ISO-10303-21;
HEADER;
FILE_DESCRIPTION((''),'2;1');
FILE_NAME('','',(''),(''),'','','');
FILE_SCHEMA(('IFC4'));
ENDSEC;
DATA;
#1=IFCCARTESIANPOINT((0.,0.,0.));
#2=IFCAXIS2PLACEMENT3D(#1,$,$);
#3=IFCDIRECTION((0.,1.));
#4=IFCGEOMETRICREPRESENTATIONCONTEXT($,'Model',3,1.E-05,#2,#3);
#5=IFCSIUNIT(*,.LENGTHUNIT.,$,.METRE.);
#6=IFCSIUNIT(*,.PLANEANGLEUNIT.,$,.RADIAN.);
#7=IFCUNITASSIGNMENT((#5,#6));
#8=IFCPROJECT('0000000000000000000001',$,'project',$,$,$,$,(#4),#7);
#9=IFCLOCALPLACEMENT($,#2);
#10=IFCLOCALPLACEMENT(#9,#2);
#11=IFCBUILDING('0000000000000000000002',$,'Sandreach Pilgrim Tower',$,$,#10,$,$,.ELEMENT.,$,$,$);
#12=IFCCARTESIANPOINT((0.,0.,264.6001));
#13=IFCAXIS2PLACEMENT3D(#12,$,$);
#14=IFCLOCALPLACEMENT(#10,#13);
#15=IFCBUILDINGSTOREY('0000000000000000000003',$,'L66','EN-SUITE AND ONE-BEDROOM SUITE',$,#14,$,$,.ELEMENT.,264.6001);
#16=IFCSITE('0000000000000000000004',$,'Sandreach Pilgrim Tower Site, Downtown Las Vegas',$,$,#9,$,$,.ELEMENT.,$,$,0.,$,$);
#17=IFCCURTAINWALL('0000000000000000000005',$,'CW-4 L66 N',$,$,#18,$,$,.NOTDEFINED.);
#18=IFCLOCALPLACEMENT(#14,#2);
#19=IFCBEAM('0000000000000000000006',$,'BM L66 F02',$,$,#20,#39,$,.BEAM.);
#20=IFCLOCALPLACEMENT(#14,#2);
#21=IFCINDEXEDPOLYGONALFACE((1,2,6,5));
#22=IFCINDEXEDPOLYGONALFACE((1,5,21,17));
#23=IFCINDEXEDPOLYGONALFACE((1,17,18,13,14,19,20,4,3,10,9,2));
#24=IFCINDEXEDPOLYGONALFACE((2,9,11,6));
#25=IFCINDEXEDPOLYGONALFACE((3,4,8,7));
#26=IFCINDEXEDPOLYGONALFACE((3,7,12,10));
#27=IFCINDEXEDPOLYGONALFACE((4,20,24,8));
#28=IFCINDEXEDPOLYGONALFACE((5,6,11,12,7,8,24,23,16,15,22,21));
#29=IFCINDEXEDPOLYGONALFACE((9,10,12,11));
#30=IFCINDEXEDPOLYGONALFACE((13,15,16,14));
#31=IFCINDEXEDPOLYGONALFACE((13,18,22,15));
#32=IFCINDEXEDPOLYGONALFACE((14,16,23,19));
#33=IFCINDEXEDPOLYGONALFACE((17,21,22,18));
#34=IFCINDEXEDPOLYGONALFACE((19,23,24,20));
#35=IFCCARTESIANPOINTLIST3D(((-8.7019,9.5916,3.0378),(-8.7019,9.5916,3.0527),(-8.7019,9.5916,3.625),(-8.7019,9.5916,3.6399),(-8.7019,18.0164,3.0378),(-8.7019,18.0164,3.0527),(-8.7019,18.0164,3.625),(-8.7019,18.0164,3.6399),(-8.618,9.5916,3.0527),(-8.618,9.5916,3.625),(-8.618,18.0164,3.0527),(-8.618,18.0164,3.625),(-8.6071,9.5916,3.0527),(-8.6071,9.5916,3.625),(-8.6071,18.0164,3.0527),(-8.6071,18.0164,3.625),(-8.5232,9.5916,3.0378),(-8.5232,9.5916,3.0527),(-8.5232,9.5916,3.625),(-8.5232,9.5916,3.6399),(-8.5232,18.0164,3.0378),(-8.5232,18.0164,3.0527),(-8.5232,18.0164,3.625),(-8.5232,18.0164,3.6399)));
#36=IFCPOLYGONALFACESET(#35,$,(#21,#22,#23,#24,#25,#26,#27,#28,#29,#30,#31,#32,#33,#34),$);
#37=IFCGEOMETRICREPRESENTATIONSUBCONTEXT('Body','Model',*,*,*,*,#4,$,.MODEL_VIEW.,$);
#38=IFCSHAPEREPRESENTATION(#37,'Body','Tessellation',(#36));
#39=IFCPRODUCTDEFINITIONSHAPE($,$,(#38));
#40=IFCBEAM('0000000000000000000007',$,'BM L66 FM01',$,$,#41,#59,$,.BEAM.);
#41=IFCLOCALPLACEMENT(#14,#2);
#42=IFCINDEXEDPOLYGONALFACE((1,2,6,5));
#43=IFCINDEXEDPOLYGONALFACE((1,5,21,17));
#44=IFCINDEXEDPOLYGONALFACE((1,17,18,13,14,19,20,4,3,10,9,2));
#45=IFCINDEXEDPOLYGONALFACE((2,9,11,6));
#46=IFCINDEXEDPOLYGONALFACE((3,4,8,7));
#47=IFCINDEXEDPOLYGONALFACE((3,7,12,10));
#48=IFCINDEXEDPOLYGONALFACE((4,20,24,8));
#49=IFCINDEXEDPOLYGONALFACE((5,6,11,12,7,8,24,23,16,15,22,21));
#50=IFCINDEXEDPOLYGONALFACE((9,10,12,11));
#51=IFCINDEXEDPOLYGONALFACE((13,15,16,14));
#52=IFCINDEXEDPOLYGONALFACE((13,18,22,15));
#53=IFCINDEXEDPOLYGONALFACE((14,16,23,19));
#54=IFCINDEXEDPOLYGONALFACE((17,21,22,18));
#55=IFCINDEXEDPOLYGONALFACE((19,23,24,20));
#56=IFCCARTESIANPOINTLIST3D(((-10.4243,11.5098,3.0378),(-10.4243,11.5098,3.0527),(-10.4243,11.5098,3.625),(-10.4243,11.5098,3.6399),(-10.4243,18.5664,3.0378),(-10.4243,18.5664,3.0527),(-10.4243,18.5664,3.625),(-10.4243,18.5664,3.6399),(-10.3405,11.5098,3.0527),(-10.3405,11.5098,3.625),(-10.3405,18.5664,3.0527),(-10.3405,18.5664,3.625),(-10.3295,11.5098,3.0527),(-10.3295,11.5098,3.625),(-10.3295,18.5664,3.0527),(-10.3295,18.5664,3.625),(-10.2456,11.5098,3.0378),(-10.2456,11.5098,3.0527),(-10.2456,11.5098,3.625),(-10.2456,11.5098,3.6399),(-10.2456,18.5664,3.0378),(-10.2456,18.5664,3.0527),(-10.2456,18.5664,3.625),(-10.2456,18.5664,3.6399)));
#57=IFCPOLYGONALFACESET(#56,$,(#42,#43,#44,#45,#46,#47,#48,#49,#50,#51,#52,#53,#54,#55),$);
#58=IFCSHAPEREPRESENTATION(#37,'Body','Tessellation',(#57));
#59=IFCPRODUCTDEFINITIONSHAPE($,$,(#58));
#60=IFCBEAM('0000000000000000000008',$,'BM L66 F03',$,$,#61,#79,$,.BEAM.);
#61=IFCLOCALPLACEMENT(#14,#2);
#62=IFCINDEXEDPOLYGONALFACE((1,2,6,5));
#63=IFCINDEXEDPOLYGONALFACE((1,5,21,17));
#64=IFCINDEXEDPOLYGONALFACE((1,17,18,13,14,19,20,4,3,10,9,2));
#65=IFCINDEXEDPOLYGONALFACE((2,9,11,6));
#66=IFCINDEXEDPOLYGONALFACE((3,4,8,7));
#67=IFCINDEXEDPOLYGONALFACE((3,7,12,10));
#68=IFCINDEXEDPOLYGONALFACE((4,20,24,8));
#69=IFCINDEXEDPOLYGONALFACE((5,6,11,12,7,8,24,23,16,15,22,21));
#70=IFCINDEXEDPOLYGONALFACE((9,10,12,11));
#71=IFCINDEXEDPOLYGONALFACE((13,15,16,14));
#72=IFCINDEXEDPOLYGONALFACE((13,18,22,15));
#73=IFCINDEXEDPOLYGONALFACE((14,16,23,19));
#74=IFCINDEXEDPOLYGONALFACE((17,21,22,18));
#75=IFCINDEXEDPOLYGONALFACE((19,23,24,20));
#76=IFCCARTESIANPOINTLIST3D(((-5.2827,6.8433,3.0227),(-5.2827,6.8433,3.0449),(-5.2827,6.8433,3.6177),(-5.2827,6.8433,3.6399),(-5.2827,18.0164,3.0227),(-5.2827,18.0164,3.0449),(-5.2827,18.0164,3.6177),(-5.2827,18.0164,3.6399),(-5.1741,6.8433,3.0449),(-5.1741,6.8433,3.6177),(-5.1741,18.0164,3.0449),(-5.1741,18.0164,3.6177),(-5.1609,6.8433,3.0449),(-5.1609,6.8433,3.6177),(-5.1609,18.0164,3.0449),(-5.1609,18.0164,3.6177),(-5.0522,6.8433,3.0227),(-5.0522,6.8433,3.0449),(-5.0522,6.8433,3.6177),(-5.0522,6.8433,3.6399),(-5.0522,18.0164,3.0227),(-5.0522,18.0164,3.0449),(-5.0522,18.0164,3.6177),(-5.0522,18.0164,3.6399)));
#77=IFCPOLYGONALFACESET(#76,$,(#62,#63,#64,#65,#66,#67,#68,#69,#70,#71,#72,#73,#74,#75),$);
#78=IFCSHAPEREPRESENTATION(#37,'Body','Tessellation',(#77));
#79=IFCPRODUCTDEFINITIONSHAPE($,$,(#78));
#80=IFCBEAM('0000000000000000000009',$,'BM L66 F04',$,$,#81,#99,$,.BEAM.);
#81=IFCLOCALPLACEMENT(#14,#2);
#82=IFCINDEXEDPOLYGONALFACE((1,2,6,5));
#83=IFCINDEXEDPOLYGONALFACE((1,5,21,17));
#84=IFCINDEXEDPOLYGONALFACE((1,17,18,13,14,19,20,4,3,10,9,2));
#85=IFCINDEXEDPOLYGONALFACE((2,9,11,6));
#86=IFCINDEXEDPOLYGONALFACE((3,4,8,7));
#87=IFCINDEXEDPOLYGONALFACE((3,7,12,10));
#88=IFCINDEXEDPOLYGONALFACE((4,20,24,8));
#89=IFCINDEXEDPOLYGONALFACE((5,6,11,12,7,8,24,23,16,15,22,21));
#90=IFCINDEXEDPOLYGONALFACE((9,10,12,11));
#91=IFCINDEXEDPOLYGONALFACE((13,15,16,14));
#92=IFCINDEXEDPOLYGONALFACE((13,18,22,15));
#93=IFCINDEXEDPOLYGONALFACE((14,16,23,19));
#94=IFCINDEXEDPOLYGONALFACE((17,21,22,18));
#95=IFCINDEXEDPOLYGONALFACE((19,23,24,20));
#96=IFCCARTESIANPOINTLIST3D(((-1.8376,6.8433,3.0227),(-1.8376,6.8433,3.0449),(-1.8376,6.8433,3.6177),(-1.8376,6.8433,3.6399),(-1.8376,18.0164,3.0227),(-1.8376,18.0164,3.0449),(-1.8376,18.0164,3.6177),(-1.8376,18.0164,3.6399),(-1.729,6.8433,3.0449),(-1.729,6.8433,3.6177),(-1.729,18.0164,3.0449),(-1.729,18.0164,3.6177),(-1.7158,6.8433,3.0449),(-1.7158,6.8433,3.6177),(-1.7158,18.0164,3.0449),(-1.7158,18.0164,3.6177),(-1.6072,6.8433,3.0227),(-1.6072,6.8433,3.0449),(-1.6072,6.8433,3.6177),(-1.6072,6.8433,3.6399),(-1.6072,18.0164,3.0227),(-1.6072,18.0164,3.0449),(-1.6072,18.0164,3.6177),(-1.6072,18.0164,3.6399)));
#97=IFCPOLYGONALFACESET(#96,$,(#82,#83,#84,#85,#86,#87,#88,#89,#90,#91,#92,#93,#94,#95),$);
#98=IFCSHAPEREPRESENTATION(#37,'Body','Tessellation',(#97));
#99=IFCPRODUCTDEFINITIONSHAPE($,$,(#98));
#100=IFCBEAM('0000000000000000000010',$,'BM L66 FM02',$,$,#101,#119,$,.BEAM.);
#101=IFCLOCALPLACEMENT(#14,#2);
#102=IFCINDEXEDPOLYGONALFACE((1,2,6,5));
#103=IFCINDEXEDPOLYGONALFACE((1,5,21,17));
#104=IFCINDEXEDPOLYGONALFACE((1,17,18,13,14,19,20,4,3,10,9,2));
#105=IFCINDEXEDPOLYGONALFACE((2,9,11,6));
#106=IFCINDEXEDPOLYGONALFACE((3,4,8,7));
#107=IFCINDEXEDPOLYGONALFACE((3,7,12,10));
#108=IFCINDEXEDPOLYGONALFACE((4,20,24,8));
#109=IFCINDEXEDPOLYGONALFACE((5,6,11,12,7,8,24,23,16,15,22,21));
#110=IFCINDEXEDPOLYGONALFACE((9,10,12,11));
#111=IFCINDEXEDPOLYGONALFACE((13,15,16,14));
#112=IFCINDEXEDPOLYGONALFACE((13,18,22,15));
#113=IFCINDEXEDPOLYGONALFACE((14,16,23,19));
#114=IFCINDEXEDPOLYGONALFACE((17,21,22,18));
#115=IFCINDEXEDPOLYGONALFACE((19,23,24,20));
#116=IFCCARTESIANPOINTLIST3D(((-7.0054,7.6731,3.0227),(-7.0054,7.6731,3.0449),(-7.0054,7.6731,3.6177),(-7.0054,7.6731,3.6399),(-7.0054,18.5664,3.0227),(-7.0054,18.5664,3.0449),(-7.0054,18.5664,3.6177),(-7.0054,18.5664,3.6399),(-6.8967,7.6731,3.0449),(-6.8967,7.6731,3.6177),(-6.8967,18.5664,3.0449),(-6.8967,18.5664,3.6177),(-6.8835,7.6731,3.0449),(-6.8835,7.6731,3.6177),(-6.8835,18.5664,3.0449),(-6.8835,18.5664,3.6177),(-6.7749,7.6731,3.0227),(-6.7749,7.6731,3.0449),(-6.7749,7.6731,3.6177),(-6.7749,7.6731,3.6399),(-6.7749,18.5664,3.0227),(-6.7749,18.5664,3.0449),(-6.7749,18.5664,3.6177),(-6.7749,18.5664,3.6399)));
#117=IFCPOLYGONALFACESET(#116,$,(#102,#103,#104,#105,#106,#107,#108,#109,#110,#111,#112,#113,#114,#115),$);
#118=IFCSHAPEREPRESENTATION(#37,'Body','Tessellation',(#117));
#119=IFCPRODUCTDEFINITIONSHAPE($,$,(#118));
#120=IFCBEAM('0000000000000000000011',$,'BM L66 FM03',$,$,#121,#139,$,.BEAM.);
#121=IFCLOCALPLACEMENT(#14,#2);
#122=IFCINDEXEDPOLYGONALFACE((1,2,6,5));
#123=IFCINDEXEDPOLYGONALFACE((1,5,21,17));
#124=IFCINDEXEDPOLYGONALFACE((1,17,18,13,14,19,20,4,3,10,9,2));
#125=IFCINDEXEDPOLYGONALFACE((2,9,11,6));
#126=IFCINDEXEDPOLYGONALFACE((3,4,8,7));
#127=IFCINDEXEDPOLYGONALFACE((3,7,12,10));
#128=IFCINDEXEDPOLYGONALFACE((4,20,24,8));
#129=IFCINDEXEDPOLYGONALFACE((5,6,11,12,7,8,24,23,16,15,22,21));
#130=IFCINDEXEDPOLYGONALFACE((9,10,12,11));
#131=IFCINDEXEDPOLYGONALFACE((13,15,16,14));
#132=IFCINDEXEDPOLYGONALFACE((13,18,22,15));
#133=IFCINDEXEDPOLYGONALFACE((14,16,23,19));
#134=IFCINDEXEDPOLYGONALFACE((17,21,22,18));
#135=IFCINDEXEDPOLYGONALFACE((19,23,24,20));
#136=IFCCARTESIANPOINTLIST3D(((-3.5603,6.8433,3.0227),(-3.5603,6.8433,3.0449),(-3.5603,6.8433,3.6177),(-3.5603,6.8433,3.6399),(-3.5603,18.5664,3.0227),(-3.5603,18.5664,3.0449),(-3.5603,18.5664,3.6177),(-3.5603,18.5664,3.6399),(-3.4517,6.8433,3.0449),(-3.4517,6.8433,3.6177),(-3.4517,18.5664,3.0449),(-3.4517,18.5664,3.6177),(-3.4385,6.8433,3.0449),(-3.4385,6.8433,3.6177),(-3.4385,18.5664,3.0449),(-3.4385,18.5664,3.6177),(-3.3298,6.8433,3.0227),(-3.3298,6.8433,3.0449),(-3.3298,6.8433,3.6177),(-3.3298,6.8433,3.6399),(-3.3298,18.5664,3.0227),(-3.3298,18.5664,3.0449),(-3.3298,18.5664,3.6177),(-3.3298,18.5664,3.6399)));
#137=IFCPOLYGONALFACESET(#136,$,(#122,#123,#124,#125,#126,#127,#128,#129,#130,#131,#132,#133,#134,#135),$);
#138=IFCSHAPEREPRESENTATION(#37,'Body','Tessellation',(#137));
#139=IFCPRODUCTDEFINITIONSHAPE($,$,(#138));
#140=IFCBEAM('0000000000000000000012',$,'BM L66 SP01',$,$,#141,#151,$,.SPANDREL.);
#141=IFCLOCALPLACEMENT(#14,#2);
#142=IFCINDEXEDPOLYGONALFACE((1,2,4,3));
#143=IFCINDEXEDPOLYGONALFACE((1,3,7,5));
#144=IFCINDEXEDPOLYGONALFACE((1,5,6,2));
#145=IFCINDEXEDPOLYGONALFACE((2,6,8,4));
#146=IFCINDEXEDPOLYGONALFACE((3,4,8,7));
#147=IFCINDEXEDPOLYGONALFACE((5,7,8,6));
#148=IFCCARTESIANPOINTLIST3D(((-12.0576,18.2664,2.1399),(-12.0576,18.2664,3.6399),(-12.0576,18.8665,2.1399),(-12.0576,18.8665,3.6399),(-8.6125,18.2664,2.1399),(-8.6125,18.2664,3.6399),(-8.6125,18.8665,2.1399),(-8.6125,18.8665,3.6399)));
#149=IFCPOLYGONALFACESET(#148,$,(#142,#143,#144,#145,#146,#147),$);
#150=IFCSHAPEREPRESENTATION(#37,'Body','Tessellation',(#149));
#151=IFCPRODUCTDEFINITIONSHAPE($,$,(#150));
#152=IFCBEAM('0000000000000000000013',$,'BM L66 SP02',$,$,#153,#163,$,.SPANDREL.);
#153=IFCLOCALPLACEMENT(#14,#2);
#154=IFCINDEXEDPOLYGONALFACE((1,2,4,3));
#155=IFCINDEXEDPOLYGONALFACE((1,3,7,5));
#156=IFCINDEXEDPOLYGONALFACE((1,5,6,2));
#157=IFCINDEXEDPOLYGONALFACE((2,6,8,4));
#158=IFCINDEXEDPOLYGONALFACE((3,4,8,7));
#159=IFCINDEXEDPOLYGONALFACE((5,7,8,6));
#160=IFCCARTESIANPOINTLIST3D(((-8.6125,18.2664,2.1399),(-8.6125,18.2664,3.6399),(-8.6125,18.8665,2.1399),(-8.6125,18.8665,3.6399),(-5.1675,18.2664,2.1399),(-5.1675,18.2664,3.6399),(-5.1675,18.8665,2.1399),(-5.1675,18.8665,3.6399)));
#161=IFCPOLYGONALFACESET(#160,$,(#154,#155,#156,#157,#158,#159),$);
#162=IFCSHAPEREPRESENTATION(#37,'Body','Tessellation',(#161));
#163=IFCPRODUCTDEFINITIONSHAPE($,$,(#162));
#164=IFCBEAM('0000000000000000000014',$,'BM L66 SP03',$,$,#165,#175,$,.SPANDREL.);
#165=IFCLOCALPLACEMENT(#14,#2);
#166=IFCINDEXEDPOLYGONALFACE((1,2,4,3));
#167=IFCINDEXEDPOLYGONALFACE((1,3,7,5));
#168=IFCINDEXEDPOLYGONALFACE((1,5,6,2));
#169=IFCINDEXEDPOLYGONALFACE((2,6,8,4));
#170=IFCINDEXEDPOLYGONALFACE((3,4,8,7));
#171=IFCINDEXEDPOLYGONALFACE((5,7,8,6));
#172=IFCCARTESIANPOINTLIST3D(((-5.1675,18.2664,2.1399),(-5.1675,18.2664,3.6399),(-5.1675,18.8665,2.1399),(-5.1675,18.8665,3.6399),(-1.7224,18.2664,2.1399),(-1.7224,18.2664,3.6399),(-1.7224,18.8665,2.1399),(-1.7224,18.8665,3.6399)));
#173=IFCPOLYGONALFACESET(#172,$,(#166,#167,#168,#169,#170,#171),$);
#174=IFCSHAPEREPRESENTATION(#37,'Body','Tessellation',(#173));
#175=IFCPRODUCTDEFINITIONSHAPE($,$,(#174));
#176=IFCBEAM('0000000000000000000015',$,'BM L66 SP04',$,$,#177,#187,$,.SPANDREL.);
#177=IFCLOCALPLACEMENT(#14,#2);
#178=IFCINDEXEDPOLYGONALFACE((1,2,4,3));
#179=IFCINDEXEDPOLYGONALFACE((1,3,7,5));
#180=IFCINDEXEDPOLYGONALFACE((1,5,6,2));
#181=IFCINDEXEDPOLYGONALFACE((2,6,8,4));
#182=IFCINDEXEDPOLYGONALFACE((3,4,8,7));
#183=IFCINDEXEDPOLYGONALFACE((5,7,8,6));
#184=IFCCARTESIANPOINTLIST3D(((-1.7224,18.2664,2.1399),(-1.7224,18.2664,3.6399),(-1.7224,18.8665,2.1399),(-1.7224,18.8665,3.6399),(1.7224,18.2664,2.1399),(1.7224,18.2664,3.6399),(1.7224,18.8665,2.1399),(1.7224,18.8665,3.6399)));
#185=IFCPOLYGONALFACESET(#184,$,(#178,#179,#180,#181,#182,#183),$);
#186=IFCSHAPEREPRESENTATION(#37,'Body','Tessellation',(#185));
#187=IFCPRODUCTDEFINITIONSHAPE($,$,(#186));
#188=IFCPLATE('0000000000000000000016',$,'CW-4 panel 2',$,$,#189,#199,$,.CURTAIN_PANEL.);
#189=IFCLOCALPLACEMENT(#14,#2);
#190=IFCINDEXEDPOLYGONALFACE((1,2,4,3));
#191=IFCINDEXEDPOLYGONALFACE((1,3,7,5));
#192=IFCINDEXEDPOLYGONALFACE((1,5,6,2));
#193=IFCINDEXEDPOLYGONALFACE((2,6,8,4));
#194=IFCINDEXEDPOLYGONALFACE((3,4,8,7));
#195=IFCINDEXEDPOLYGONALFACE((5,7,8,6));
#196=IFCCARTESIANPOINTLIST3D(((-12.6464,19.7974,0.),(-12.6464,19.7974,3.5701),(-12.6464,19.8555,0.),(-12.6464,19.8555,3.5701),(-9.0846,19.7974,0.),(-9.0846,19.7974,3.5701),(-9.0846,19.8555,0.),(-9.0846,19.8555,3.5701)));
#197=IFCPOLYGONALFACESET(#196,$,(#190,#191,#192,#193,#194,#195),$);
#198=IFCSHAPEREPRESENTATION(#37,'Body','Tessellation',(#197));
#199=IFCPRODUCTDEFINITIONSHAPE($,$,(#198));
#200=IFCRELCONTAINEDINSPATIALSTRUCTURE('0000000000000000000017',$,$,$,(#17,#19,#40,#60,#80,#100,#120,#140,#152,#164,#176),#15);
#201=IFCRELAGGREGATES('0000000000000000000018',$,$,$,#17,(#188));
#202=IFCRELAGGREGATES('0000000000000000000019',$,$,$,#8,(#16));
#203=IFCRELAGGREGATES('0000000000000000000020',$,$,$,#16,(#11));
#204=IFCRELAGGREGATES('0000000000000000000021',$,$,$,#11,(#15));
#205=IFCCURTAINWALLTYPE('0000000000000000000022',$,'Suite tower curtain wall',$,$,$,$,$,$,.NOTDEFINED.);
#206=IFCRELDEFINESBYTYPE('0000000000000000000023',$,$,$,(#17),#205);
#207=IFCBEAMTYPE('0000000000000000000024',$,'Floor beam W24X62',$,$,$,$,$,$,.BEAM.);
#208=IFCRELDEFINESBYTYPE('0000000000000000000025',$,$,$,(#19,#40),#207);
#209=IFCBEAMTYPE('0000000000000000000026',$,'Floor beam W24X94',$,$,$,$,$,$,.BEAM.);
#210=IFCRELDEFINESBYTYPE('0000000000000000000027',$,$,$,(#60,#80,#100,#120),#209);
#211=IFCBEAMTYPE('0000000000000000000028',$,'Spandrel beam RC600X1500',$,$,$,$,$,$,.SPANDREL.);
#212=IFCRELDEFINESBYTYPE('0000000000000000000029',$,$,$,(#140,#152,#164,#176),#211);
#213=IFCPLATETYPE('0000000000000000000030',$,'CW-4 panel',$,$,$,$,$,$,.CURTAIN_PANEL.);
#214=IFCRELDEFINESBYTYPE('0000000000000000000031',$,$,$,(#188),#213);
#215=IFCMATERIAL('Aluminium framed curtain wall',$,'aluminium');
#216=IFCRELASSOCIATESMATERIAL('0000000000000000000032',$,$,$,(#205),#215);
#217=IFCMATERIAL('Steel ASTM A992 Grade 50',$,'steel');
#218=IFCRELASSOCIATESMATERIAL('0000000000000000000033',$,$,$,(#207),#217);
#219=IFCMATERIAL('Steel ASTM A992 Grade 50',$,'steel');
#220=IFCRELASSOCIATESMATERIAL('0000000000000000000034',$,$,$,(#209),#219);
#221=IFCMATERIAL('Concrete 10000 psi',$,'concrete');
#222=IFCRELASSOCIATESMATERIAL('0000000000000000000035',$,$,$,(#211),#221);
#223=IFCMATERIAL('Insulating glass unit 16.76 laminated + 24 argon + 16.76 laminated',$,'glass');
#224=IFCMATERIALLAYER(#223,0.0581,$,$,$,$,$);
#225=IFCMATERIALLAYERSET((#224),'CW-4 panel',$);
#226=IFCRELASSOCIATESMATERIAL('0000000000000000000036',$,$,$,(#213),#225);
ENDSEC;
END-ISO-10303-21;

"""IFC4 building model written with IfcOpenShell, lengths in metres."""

from ifc_helpers import new_model, si_unit, direction, frame, origin, origin_2d, place, context, subcontext, project, spatial, rectangle, i_section, extrude, material, layer, layer_set, material_profile, profile_set, type_object, element, aggregate, save


model = new_model("IFC4")

# Units and contexts
model_context = context("Model", 3, precision=1e-05, world=origin(), true_north=direction((0.0, 1.0)))
body_context = subcontext(model_context, "Body", "Model", "MODEL_VIEW")
ifc_project = project(units=[si_unit("LENGTHUNIT", "METRE"), si_unit("PLANEANGLEUNIT", "RADIAN")], contexts=[model_context])

# Site, building, storey
site_placement = place(None, origin())
site = spatial("IfcSite", under=ifc_project, at=site_placement, Name="Sandreach Pilgrim Tower Site, Downtown Las Vegas", CompositionType="ELEMENT", RefElevation=0.0)
building_placement = place(site_placement, origin())
building = spatial("IfcBuilding", under=site, at=building_placement, Name="Sandreach Pilgrim Tower", CompositionType="ELEMENT")
storey_placement = place(building_placement, frame((0.0, 0.0, 264.6001)))
storey = spatial("IfcBuildingStorey", under=building, at=storey_placement, Name="L66", Description="EN-SUITE AND ONE-BEDROOM SUITE", CompositionType="ELEMENT", Elevation=264.6001)

# Curtain wall
ifc_material_1 = material(Name="Aluminium framed curtain wall", Category="aluminium")
curtain_wall_type = type_object("IfcCurtainWallType", Name="Suite tower curtain wall", PredefinedType="NOTDEFINED", material=ifc_material_1)
curtain_wall_placement = place(storey_placement, origin())
curtain_wall = element("IfcCurtainWall", 1, at=curtain_wall_placement, inside=storey, type_object=curtain_wall_type, Name="CW-4 L66 N", PredefinedType="NOTDEFINED")

# Beams
ifc_material_2 = material(Name="Steel ASTM A992 Grade 50", Category="steel")
ifc_material_profile_1 = material_profile(ifc_material_2, i_section(OverallWidth=0.1787, OverallDepth=0.6021, WebThickness=0.011, FlangeThickness=0.0149, at=origin_2d()), Name="W24X62")
ifc_profile_set_1 = profile_set([ifc_material_profile_1], Name="Steel ASTM A992 Grade 50")
beam_type_1 = type_object("IfcBeamType", Name="Floor beam W24X62", PredefinedType="BEAM", material=ifc_profile_set_1)
beam_1_placement = place(storey_placement, frame((-8.6125, 18.0164, 3.3389), z_axis=(0.0, -1.0, 0.0), x_axis=(1.0, 0.0, 0.0)))
element("IfcBeam", 2, at=beam_1_placement, inside=storey, type_object=beam_type_1, Name="BM L66 F02", PredefinedType="BEAM", context=body_context, shape_type="SweptSolid", body=[
    extrude(i_section(OverallWidth=0.1787, OverallDepth=0.6021, WebThickness=0.011, FlangeThickness=0.0149, at=origin_2d()), origin(), (0.0, 0.0, 1.0), 8.4248),
])
beam_2_placement = place(storey_placement, frame((-10.335, 18.5664, 3.3389), z_axis=(0.0, -1.0, 0.0), x_axis=(1.0, 0.0, 0.0)))
element("IfcBeam", 3, at=beam_2_placement, inside=storey, type_object=beam_type_1, Name="BM L66 FM01", PredefinedType="BEAM", context=body_context, shape_type="SweptSolid", body=[
    extrude(i_section(OverallWidth=0.1787, OverallDepth=0.6021, WebThickness=0.011, FlangeThickness=0.0149, at=origin_2d()), origin(), (0.0, 0.0, 1.0), 7.0566),
])
ifc_material_3 = material(Name="Steel ASTM A992 Grade 50", Category="steel")
ifc_material_profile_2 = material_profile(ifc_material_3, i_section(OverallWidth=0.2305, OverallDepth=0.6172, WebThickness=0.0132, FlangeThickness=0.0222, at=origin_2d()), Name="W24X94")
ifc_profile_set_2 = profile_set([ifc_material_profile_2], Name="Steel ASTM A992 Grade 50")
beam_type_2 = type_object("IfcBeamType", Name="Floor beam W24X94", PredefinedType="BEAM", material=ifc_profile_set_2)
for number, where, z_axis, x_axis, name in (
    (4, (-5.1675, 18.0164, 3.3313), (0.0, -1.0, 0.0), (1.0, 0.0, 0.0), "BM L66 F03"),
    (5, (-1.7224, 18.0164, 3.3313), (0.0, -1.0, 0.0), (1.0, 0.0, 0.0), "BM L66 F04"),
):
    element("IfcBeam", number, at=place(storey_placement, frame(where, z_axis=z_axis, x_axis=x_axis)), inside=storey, type_object=beam_type_2, Name=name, PredefinedType="BEAM", context=body_context, shape_type="SweptSolid", body=[
        extrude(i_section(OverallWidth=0.2305, OverallDepth=0.6172, WebThickness=0.0132, FlangeThickness=0.0222, at=origin_2d()), origin(), (0.0, 0.0, 1.0), 11.1731),
    ])
beam_3_placement = place(storey_placement, frame((-6.8901, 18.5664, 3.3313), z_axis=(0.0, -1.0, 0.0), x_axis=(1.0, 0.0, 0.0)))
element("IfcBeam", 6, at=beam_3_placement, inside=storey, type_object=beam_type_2, Name="BM L66 FM02", PredefinedType="BEAM", context=body_context, shape_type="SweptSolid", body=[
    extrude(i_section(OverallWidth=0.2305, OverallDepth=0.6172, WebThickness=0.0132, FlangeThickness=0.0222, at=origin_2d()), origin(), (0.0, 0.0, 1.0), 10.8933),
])
beam_4_placement = place(storey_placement, frame((-3.4451, 18.5664, 3.3313), z_axis=(0.0, -1.0, 0.0), x_axis=(1.0, 0.0, 0.0)))
element("IfcBeam", 7, at=beam_4_placement, inside=storey, type_object=beam_type_2, Name="BM L66 FM03", PredefinedType="BEAM", context=body_context, shape_type="SweptSolid", body=[
    extrude(i_section(OverallWidth=0.2305, OverallDepth=0.6172, WebThickness=0.0132, FlangeThickness=0.0222, at=origin_2d()), origin(), (0.0, 0.0, 1.0), 11.7231),
])
ifc_material_4 = material(Name="Concrete 10000 psi", Category="concrete")
ifc_material_profile_3 = material_profile(ifc_material_4, rectangle(XDim=0.6001, YDim=1.5, at=origin_2d()), Name="RC600X1500")
ifc_profile_set_3 = profile_set([ifc_material_profile_3], Name="Concrete 10000 psi")
beam_type_3 = type_object("IfcBeamType", Name="Spandrel beam RC600X1500", PredefinedType="SPANDREL", material=ifc_profile_set_3)
for number, where, z_axis, x_axis, name in (
    (8, (-12.0576, 18.5664, 2.8899), (1.0, 0.0, 0.0), (0.0, 1.0, 0.0), "BM L66 SP01"),
    (9, (-8.6125, 18.5664, 2.8899), (1.0, 0.0, 0.0), (0.0, 1.0, 0.0), "BM L66 SP02"),
    (10, (-5.1675, 18.5664, 2.8899), (1.0, 0.0, 0.0), (0.0, 1.0, 0.0), "BM L66 SP03"),
):
    element("IfcBeam", number, at=place(storey_placement, frame(where, z_axis=z_axis, x_axis=x_axis)), inside=storey, type_object=beam_type_3, Name=name, PredefinedType="SPANDREL", context=body_context, shape_type="SweptSolid", body=[
        extrude(rectangle(XDim=0.6001, YDim=1.5, at=origin_2d()), origin(), (0.0, 0.0, 1.0), 3.4451),
    ])
beam_5_placement = place(storey_placement, frame((-1.7224, 18.5664, 2.8899), z_axis=(1.0, 0.0, 0.0), x_axis=(0.0, 1.0, 0.0)))
element("IfcBeam", 11, at=beam_5_placement, inside=storey, type_object=beam_type_3, Name="BM L66 SP04", PredefinedType="SPANDREL", context=body_context, shape_type="SweptSolid", body=[
    extrude(rectangle(XDim=0.6001, YDim=1.5, at=origin_2d()), origin(), (0.0, 0.0, 1.0), 3.4448),
])

# Plate
ifc_material_5 = material(Name="Insulating glass unit 16.76 laminated + 24 argon + 16.76 laminated", Category="glass")
ifc_layer_1 = layer(ifc_material_5, 0.0581)
ifc_layer_set_1 = layer_set([ifc_layer_1], Name="CW-4 panel")
plate_type = type_object("IfcPlateType", Name="CW-4 panel", PredefinedType="CURTAIN_PANEL", material=ifc_layer_set_1)
plate_1_placement = place(storey_placement, frame((-10.8655, 19.8264, 0.0), z_axis=(0.0, 0.0, 1.0), x_axis=(1.0, 0.0, 0.0)))
plate_1 = element("IfcPlate", 12, at=plate_1_placement, type_object=plate_type, Name="CW-4 panel 2", PredefinedType="CURTAIN_PANEL", context=body_context, shape_type="SweptSolid", body=[
    extrude(rectangle(XDim=3.5618, YDim=0.0581, at=origin_2d()), origin(), (0.0, 0.0, 1.0), 3.5701),
])
aggregate(curtain_wall, [plate_1])

save(model, "model.ifc")
